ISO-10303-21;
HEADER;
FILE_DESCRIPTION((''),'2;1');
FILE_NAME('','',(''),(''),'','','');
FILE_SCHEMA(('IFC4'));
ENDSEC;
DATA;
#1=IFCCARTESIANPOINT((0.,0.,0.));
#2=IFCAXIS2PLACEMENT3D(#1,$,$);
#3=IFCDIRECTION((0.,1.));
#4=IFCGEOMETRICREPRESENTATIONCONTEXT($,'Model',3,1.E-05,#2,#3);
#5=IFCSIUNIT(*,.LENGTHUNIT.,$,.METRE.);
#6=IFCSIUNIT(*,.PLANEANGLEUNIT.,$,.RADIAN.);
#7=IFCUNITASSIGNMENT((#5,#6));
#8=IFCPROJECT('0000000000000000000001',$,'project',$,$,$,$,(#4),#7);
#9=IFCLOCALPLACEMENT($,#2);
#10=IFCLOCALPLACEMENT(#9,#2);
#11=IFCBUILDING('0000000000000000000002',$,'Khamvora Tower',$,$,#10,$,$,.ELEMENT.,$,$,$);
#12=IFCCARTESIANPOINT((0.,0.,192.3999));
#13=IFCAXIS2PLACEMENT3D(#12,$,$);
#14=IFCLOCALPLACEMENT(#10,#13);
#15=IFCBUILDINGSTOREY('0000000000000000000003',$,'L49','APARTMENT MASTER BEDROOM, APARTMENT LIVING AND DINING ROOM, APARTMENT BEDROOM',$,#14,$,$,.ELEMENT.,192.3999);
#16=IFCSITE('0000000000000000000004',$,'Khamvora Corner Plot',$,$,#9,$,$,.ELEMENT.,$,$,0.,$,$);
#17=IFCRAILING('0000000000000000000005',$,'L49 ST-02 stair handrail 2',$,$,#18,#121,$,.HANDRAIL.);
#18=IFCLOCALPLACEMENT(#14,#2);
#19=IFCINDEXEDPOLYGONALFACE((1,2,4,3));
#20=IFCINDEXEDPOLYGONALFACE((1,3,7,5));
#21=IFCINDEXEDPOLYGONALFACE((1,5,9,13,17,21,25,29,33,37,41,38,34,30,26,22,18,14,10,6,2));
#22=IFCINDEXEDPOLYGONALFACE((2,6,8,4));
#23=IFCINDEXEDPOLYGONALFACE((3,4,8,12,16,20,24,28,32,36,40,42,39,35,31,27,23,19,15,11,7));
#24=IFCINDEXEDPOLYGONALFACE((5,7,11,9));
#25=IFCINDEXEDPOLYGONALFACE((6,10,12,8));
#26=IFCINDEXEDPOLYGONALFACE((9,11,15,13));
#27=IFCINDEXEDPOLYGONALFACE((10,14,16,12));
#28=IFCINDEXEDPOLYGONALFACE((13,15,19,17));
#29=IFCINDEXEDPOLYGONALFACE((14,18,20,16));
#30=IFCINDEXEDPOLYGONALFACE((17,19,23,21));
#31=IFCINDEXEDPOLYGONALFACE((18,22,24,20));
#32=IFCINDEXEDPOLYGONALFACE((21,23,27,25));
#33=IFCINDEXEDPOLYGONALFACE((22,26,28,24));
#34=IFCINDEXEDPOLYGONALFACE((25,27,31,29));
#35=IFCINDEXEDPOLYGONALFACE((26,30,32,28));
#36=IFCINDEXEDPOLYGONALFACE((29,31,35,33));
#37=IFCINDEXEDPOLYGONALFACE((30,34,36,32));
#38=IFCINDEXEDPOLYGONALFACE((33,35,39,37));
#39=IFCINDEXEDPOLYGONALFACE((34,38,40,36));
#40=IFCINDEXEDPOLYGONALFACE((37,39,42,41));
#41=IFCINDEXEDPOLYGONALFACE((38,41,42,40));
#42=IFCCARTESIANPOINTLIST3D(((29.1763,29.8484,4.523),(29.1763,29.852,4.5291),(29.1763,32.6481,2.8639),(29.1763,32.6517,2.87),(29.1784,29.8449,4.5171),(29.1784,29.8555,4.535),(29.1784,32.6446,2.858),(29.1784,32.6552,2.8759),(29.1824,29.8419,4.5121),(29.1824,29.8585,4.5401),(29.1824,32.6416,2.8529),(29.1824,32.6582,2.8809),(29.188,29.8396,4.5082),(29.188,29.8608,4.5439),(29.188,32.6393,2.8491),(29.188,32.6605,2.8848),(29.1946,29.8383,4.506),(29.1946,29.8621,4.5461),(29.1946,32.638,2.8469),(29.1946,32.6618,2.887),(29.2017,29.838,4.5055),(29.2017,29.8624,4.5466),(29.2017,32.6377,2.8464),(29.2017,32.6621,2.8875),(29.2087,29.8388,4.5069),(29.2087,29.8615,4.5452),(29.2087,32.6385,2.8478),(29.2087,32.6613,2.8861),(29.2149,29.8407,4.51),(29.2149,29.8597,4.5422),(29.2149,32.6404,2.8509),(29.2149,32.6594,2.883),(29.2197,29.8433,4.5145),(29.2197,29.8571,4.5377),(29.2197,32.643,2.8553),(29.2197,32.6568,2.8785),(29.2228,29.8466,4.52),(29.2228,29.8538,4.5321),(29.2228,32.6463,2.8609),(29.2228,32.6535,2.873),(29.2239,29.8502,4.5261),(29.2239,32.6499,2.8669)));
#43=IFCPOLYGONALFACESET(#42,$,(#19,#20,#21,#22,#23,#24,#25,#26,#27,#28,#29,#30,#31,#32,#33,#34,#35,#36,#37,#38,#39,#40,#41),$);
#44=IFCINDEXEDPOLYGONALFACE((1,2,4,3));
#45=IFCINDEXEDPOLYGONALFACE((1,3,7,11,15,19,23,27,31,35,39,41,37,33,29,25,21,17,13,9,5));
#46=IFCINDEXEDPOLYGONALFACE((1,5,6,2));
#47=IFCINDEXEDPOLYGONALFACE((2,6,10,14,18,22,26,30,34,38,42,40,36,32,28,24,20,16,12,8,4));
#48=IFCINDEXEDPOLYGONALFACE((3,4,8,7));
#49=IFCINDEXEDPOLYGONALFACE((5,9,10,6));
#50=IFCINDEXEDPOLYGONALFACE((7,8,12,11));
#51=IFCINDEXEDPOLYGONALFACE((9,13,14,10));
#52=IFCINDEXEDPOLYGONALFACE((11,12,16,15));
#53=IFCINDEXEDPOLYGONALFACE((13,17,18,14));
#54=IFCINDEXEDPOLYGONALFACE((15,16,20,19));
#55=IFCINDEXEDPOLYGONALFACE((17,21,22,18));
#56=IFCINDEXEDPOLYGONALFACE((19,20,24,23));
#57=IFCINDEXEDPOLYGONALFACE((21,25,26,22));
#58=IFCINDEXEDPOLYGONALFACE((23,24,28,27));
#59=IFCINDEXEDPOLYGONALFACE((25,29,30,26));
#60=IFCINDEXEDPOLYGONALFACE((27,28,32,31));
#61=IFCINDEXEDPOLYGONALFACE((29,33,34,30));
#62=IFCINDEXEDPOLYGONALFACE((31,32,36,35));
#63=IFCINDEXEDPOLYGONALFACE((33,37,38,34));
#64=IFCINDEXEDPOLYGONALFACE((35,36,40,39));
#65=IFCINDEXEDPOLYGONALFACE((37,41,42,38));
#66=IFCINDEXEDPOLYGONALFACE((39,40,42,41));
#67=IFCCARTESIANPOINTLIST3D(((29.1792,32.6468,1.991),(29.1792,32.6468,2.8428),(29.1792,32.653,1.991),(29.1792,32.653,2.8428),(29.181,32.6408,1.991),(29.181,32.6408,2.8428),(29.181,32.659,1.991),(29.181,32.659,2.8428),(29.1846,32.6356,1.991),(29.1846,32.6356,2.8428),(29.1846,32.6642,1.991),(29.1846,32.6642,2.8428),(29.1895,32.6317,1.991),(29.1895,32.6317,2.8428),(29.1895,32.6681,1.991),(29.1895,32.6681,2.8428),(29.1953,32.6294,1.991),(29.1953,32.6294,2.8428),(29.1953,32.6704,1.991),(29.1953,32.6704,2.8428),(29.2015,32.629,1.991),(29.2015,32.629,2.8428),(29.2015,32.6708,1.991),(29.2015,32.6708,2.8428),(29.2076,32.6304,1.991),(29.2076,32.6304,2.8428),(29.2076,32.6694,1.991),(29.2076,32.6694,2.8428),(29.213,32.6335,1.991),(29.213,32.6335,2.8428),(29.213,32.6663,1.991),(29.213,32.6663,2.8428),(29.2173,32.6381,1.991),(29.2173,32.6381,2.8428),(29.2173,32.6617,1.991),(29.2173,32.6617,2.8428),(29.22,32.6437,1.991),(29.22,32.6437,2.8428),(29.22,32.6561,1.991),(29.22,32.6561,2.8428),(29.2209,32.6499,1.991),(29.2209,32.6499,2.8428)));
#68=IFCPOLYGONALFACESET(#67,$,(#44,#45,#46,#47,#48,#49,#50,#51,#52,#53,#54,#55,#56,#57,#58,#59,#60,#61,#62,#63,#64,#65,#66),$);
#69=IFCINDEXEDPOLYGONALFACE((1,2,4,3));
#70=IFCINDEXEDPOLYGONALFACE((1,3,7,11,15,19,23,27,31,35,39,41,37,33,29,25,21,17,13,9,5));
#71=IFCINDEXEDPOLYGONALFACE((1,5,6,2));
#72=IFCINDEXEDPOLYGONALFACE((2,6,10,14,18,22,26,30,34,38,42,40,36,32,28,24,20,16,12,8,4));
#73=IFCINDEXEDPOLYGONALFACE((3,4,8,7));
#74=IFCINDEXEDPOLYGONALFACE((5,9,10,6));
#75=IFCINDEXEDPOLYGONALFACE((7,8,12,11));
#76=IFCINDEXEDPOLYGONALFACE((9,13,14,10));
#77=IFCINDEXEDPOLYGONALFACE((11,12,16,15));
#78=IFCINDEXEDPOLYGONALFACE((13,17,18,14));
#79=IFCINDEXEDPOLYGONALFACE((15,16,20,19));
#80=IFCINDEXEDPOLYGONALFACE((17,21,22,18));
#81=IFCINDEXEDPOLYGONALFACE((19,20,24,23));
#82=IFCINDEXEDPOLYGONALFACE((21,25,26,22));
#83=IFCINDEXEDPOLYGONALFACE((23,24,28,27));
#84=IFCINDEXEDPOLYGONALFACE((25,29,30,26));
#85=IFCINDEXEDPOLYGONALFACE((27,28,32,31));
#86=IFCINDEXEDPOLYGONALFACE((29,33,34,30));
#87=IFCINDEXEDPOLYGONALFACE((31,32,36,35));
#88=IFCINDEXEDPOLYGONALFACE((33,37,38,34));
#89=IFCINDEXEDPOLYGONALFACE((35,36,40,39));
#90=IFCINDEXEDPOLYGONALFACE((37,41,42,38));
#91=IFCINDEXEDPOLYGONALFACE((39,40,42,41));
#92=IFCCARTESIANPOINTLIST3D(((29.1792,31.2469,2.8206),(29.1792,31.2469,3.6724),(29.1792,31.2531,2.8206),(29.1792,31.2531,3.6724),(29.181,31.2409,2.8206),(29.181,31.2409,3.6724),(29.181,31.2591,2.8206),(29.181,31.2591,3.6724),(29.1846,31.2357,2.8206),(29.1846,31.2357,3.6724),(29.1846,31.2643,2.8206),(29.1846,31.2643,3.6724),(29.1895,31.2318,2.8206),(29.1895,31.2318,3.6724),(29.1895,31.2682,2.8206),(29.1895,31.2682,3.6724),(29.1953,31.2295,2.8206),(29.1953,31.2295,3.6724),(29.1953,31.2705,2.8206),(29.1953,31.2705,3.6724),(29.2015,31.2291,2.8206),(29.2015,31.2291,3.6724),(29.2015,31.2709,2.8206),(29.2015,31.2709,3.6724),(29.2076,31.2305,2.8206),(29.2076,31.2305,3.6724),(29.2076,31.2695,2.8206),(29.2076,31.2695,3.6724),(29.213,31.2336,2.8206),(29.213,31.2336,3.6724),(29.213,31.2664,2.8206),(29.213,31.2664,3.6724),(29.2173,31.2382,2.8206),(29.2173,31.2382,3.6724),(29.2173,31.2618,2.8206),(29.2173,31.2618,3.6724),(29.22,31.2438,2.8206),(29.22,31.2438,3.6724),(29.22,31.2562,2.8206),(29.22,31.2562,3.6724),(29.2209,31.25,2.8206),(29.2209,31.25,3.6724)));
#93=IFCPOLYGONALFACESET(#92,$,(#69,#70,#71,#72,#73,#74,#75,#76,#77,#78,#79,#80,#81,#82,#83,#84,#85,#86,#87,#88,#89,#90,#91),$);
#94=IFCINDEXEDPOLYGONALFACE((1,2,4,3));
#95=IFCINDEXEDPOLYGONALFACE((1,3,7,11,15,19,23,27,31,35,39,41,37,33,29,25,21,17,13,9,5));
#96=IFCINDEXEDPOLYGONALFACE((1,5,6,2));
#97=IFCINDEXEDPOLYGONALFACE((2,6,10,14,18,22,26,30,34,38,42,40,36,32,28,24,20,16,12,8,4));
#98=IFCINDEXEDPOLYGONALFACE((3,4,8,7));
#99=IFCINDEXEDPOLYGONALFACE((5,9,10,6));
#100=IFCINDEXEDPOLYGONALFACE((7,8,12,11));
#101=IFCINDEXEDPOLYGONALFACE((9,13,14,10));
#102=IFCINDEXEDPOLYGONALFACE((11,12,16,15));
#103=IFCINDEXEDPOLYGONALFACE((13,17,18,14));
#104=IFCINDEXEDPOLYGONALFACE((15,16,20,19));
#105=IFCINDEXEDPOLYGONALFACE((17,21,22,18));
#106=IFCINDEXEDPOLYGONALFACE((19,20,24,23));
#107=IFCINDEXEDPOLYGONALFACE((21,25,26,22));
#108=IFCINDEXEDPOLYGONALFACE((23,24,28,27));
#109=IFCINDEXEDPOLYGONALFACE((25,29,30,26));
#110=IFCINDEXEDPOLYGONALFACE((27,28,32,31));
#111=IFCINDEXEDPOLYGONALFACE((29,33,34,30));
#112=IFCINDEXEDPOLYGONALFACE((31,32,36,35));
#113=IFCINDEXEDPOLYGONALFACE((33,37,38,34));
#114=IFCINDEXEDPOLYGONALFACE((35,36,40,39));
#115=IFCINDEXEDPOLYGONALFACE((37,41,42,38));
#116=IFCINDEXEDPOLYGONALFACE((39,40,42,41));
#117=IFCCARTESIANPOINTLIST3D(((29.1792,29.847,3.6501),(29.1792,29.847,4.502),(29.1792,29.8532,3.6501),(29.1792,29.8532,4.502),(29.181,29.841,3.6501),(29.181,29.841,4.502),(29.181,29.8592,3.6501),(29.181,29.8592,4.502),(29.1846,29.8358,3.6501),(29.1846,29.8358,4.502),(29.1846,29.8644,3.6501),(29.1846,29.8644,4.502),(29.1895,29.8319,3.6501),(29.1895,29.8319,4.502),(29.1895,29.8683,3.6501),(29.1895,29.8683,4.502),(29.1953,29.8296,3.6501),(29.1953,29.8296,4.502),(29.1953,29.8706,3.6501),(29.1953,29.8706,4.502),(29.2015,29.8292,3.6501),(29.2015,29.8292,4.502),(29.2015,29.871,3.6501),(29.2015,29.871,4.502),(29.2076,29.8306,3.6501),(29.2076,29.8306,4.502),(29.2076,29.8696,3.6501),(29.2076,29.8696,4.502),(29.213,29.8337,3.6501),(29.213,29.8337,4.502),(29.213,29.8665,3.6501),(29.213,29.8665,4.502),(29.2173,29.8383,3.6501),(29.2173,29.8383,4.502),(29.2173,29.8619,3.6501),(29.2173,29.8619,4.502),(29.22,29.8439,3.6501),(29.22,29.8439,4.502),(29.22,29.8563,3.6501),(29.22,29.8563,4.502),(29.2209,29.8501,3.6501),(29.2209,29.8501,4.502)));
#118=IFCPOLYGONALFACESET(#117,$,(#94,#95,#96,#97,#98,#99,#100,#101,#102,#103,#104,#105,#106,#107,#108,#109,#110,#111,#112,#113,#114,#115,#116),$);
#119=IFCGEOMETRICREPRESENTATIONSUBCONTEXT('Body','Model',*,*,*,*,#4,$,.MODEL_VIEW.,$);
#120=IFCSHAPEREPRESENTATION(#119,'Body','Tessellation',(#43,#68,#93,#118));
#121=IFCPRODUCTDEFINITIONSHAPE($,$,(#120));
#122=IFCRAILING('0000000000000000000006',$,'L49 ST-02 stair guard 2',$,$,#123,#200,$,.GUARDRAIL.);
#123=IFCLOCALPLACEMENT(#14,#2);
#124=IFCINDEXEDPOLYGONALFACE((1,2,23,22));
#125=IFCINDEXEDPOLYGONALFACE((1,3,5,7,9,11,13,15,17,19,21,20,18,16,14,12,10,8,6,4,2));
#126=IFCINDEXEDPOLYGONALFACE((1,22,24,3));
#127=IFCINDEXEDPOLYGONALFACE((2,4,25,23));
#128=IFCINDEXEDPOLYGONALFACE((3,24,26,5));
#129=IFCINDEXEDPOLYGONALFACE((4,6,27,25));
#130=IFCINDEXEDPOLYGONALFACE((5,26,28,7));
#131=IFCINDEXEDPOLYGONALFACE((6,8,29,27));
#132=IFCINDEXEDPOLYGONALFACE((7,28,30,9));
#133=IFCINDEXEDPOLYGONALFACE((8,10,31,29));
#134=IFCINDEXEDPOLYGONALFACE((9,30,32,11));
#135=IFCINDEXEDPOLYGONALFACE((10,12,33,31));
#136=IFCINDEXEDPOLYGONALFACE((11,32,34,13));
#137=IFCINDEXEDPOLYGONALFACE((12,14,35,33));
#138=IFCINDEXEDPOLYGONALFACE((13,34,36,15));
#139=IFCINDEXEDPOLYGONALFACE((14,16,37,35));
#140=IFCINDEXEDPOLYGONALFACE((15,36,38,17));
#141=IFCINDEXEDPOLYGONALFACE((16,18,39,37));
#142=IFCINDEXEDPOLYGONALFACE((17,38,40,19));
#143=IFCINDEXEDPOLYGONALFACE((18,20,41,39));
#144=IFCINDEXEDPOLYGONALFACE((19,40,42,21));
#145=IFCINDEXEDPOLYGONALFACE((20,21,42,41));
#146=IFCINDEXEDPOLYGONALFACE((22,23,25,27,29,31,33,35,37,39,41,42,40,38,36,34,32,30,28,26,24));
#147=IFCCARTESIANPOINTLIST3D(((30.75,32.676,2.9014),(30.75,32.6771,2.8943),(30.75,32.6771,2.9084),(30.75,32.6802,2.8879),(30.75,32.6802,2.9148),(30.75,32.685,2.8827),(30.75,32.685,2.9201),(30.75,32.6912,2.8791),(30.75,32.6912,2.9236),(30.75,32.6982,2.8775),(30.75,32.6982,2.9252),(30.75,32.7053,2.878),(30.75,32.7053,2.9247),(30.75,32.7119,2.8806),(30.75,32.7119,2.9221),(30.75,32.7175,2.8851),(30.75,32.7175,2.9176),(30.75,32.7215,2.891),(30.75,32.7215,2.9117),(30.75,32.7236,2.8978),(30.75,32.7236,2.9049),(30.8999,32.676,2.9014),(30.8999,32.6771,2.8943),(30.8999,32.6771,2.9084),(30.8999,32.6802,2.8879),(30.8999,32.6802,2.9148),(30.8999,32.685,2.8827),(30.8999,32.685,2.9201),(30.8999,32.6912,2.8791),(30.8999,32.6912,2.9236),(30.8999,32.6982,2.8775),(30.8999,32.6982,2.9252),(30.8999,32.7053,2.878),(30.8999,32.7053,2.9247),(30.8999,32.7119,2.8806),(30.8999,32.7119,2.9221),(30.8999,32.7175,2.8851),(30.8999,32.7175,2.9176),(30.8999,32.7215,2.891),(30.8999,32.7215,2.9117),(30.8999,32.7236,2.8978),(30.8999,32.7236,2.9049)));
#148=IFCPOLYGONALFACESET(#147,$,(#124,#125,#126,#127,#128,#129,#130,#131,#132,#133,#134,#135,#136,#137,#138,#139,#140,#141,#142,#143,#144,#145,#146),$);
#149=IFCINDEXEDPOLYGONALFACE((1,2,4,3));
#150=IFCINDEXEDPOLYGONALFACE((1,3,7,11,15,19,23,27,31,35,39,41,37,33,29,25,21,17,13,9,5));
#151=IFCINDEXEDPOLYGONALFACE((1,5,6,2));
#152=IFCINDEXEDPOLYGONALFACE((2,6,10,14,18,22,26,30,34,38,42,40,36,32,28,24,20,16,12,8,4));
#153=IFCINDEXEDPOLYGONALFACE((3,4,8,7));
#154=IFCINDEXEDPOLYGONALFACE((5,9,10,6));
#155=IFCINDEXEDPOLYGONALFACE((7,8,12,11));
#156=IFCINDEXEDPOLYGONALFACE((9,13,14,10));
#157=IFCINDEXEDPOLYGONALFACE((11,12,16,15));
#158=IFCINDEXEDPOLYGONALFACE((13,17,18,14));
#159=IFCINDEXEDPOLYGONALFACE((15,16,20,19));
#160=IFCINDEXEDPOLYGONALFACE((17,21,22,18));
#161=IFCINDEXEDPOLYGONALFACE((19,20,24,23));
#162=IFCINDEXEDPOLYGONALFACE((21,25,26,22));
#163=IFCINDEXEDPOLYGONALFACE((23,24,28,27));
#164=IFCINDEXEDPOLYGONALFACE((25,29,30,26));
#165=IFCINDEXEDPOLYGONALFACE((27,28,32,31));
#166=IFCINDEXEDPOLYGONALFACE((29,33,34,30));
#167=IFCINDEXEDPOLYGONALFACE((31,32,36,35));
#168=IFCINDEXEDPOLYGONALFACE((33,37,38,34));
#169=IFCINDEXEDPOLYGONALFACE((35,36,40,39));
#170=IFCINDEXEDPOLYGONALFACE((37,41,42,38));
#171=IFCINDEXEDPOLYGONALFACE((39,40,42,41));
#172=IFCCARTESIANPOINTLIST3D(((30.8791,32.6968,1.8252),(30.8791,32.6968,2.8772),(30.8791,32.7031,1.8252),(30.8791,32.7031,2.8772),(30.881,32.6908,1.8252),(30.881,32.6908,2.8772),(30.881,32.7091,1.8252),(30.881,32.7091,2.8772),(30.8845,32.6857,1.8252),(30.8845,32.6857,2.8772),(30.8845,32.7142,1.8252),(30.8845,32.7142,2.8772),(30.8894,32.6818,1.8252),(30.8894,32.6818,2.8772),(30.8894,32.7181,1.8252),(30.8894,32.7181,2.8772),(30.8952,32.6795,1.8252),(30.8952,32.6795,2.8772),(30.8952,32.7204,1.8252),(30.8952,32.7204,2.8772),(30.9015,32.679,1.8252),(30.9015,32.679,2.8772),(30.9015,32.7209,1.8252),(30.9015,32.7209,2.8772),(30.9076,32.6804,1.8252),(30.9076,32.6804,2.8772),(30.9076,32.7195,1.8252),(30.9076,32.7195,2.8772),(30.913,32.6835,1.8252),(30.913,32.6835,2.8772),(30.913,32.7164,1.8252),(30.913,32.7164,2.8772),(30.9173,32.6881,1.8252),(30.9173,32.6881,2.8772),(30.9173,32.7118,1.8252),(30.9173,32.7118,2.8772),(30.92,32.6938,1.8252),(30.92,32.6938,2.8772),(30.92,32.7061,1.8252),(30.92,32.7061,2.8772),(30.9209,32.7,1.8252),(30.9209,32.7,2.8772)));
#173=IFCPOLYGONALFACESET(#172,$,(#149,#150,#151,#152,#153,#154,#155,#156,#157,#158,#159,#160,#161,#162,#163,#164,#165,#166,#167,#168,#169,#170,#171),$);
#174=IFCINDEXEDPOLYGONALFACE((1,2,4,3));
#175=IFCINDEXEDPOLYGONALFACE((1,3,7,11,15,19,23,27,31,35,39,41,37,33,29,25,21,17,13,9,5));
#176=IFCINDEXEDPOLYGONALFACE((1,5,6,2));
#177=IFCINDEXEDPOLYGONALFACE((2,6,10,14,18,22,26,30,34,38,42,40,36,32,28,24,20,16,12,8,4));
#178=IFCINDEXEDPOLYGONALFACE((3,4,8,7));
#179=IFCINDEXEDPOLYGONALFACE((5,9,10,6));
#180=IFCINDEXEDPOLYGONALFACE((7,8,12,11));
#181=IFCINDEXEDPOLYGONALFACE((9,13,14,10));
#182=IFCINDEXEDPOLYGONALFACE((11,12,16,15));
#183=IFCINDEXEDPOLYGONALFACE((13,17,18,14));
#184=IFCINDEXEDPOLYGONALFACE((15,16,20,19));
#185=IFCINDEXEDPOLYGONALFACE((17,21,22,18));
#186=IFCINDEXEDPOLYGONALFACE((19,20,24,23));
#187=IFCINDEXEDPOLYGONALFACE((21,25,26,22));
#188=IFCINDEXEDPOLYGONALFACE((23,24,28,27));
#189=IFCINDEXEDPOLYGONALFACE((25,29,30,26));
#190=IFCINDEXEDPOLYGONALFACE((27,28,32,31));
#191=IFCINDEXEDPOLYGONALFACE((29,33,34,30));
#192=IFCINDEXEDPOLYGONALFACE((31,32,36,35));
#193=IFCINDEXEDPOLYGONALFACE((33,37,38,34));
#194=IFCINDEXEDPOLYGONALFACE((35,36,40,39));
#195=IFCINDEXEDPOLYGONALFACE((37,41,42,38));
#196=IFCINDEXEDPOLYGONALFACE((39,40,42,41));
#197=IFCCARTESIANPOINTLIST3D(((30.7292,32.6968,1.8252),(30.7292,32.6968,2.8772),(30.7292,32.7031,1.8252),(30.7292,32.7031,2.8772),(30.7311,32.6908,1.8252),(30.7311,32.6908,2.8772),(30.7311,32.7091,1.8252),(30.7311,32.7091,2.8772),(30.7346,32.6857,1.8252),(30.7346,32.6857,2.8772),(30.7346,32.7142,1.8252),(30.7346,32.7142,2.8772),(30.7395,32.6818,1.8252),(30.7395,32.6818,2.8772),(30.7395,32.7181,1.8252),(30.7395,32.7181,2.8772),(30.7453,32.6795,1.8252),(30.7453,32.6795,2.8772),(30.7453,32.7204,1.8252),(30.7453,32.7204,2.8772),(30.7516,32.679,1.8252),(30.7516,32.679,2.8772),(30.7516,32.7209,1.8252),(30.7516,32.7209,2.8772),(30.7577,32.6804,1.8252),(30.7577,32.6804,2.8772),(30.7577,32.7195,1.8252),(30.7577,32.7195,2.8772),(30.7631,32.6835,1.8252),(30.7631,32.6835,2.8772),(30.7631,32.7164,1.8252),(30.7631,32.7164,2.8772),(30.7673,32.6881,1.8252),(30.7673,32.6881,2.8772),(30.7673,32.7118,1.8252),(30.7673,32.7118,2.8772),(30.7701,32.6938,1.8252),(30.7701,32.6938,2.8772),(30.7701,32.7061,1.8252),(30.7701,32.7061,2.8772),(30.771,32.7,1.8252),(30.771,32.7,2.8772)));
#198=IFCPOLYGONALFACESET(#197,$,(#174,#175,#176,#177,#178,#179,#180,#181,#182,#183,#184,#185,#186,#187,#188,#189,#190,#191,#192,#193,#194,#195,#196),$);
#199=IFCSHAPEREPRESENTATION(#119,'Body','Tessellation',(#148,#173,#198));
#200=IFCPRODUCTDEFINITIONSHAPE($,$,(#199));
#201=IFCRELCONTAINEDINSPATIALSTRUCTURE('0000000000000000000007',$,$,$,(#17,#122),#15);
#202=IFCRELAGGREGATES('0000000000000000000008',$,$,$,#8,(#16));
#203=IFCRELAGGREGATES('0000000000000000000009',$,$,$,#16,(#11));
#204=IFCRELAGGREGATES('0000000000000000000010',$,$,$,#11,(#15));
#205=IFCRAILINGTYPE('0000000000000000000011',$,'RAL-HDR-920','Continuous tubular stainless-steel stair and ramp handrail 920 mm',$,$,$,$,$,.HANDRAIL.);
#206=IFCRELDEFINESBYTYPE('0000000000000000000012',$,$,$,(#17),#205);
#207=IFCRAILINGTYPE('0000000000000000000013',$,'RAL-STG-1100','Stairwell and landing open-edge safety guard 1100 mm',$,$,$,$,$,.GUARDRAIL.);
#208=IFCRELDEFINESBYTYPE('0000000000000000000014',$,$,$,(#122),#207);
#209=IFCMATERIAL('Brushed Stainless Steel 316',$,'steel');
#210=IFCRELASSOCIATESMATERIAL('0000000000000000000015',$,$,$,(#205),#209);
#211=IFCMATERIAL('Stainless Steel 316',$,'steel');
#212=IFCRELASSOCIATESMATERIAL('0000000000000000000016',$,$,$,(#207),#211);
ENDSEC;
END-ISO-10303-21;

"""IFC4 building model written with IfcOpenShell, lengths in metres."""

from ifc_helpers import new_model, si_unit, direction, frame, origin, origin_2d, place, context, subcontext, project, spatial, circle, extrude, material, type_object, element, save


model = new_model("IFC4")

# Units and contexts
model_context = context("Model", 3, precision=1e-05, world=origin(), true_north=direction((0.0, 1.0)))
body_context = subcontext(model_context, "Body", "Model", "MODEL_VIEW")
ifc_project = project(units=[si_unit("LENGTHUNIT", "METRE"), si_unit("PLANEANGLEUNIT", "RADIAN")], contexts=[model_context])

# Site, building, storey
site_placement = place(None, origin())
site = spatial("IfcSite", under=ifc_project, at=site_placement, Name="Khamvora Corner Plot", CompositionType="ELEMENT", RefElevation=0.0)
building_placement = place(site_placement, origin())
building = spatial("IfcBuilding", under=site, at=building_placement, Name="Khamvora Tower", CompositionType="ELEMENT")
storey_placement = place(building_placement, frame((0.0, 0.0, 192.3999)))
storey = spatial("IfcBuildingStorey", under=building, at=storey_placement, Name="L49", Description="APARTMENT MASTER BEDROOM, APARTMENT LIVING AND DINING ROOM, APARTMENT BEDROOM", CompositionType="ELEMENT", Elevation=192.3999)

# Railings
ifc_material_1 = material(Name="Brushed Stainless Steel 316", Category="steel")
railing_type_1 = type_object("IfcRailingType", Name="RAL-HDR-920", Description="Continuous tubular stainless-steel stair and ramp handrail 920 mm", PredefinedType="HANDRAIL", material=ifc_material_1)
railing_1_placement = place(storey_placement, frame((29.2, 32.6499, 1.991)))
element("IfcRailing", 1, at=railing_1_placement, inside=storey, type_object=railing_type_1, Name="L49 ST-02 stair handrail 2", PredefinedType="HANDRAIL", context=body_context, shape_type="SweptSolid", body=[
    extrude(circle(Radius=0.0239, at=origin_2d()), frame((0.0, 0.0, 0.876), z_axis=(0.0, -0.860287, 0.509811), x_axis=(1.0, 0.0, 0.0)), (0.0, 0.0, 1.0), 3.2544),
    extrude(circle(Radius=0.021, at=origin_2d()), origin(), (0.0, 0.0, 1.0), 0.8518),
    extrude(circle(Radius=0.021, at=origin_2d()), frame((0.0, -1.3999, 0.8296)), (0.0, 0.0, 1.0), 0.8518),
    extrude(circle(Radius=0.021, at=origin_2d()), frame((0.0, -2.7998, 1.6592)), (0.0, 0.0, 1.0), 0.8518),
])
ifc_material_2 = material(Name="Stainless Steel 316", Category="steel")
railing_type_2 = type_object("IfcRailingType", Name="RAL-STG-1100", Description="Stairwell and landing open-edge safety guard 1100 mm", PredefinedType="GUARDRAIL", material=ifc_material_2)
railing_2_placement = place(storey_placement, frame((30.8999, 32.7, 1.8252)))
element("IfcRailing", 2, at=railing_2_placement, inside=storey, type_object=railing_type_2, Name="L49 ST-02 stair guard 2", PredefinedType="GUARDRAIL", context=body_context, shape_type="SweptSolid", body=[
    extrude(circle(Radius=0.0239, at=origin_2d()), frame((0.0, 0.0, 1.0762), z_axis=(-1.0, 0.0, 0.0), x_axis=(0.0, -1.0, 0.0)), (0.0, 0.0, 1.0), 0.1499),
    extrude(circle(Radius=0.021, at=origin_2d()), origin(), (0.0, 0.0, 1.0), 1.052),
    extrude(circle(Radius=0.021, at=origin_2d()), frame((-0.1499, 0.0, 0.0)), (0.0, 0.0, 1.0), 1.052),
])

save(model, "model.ifc")
